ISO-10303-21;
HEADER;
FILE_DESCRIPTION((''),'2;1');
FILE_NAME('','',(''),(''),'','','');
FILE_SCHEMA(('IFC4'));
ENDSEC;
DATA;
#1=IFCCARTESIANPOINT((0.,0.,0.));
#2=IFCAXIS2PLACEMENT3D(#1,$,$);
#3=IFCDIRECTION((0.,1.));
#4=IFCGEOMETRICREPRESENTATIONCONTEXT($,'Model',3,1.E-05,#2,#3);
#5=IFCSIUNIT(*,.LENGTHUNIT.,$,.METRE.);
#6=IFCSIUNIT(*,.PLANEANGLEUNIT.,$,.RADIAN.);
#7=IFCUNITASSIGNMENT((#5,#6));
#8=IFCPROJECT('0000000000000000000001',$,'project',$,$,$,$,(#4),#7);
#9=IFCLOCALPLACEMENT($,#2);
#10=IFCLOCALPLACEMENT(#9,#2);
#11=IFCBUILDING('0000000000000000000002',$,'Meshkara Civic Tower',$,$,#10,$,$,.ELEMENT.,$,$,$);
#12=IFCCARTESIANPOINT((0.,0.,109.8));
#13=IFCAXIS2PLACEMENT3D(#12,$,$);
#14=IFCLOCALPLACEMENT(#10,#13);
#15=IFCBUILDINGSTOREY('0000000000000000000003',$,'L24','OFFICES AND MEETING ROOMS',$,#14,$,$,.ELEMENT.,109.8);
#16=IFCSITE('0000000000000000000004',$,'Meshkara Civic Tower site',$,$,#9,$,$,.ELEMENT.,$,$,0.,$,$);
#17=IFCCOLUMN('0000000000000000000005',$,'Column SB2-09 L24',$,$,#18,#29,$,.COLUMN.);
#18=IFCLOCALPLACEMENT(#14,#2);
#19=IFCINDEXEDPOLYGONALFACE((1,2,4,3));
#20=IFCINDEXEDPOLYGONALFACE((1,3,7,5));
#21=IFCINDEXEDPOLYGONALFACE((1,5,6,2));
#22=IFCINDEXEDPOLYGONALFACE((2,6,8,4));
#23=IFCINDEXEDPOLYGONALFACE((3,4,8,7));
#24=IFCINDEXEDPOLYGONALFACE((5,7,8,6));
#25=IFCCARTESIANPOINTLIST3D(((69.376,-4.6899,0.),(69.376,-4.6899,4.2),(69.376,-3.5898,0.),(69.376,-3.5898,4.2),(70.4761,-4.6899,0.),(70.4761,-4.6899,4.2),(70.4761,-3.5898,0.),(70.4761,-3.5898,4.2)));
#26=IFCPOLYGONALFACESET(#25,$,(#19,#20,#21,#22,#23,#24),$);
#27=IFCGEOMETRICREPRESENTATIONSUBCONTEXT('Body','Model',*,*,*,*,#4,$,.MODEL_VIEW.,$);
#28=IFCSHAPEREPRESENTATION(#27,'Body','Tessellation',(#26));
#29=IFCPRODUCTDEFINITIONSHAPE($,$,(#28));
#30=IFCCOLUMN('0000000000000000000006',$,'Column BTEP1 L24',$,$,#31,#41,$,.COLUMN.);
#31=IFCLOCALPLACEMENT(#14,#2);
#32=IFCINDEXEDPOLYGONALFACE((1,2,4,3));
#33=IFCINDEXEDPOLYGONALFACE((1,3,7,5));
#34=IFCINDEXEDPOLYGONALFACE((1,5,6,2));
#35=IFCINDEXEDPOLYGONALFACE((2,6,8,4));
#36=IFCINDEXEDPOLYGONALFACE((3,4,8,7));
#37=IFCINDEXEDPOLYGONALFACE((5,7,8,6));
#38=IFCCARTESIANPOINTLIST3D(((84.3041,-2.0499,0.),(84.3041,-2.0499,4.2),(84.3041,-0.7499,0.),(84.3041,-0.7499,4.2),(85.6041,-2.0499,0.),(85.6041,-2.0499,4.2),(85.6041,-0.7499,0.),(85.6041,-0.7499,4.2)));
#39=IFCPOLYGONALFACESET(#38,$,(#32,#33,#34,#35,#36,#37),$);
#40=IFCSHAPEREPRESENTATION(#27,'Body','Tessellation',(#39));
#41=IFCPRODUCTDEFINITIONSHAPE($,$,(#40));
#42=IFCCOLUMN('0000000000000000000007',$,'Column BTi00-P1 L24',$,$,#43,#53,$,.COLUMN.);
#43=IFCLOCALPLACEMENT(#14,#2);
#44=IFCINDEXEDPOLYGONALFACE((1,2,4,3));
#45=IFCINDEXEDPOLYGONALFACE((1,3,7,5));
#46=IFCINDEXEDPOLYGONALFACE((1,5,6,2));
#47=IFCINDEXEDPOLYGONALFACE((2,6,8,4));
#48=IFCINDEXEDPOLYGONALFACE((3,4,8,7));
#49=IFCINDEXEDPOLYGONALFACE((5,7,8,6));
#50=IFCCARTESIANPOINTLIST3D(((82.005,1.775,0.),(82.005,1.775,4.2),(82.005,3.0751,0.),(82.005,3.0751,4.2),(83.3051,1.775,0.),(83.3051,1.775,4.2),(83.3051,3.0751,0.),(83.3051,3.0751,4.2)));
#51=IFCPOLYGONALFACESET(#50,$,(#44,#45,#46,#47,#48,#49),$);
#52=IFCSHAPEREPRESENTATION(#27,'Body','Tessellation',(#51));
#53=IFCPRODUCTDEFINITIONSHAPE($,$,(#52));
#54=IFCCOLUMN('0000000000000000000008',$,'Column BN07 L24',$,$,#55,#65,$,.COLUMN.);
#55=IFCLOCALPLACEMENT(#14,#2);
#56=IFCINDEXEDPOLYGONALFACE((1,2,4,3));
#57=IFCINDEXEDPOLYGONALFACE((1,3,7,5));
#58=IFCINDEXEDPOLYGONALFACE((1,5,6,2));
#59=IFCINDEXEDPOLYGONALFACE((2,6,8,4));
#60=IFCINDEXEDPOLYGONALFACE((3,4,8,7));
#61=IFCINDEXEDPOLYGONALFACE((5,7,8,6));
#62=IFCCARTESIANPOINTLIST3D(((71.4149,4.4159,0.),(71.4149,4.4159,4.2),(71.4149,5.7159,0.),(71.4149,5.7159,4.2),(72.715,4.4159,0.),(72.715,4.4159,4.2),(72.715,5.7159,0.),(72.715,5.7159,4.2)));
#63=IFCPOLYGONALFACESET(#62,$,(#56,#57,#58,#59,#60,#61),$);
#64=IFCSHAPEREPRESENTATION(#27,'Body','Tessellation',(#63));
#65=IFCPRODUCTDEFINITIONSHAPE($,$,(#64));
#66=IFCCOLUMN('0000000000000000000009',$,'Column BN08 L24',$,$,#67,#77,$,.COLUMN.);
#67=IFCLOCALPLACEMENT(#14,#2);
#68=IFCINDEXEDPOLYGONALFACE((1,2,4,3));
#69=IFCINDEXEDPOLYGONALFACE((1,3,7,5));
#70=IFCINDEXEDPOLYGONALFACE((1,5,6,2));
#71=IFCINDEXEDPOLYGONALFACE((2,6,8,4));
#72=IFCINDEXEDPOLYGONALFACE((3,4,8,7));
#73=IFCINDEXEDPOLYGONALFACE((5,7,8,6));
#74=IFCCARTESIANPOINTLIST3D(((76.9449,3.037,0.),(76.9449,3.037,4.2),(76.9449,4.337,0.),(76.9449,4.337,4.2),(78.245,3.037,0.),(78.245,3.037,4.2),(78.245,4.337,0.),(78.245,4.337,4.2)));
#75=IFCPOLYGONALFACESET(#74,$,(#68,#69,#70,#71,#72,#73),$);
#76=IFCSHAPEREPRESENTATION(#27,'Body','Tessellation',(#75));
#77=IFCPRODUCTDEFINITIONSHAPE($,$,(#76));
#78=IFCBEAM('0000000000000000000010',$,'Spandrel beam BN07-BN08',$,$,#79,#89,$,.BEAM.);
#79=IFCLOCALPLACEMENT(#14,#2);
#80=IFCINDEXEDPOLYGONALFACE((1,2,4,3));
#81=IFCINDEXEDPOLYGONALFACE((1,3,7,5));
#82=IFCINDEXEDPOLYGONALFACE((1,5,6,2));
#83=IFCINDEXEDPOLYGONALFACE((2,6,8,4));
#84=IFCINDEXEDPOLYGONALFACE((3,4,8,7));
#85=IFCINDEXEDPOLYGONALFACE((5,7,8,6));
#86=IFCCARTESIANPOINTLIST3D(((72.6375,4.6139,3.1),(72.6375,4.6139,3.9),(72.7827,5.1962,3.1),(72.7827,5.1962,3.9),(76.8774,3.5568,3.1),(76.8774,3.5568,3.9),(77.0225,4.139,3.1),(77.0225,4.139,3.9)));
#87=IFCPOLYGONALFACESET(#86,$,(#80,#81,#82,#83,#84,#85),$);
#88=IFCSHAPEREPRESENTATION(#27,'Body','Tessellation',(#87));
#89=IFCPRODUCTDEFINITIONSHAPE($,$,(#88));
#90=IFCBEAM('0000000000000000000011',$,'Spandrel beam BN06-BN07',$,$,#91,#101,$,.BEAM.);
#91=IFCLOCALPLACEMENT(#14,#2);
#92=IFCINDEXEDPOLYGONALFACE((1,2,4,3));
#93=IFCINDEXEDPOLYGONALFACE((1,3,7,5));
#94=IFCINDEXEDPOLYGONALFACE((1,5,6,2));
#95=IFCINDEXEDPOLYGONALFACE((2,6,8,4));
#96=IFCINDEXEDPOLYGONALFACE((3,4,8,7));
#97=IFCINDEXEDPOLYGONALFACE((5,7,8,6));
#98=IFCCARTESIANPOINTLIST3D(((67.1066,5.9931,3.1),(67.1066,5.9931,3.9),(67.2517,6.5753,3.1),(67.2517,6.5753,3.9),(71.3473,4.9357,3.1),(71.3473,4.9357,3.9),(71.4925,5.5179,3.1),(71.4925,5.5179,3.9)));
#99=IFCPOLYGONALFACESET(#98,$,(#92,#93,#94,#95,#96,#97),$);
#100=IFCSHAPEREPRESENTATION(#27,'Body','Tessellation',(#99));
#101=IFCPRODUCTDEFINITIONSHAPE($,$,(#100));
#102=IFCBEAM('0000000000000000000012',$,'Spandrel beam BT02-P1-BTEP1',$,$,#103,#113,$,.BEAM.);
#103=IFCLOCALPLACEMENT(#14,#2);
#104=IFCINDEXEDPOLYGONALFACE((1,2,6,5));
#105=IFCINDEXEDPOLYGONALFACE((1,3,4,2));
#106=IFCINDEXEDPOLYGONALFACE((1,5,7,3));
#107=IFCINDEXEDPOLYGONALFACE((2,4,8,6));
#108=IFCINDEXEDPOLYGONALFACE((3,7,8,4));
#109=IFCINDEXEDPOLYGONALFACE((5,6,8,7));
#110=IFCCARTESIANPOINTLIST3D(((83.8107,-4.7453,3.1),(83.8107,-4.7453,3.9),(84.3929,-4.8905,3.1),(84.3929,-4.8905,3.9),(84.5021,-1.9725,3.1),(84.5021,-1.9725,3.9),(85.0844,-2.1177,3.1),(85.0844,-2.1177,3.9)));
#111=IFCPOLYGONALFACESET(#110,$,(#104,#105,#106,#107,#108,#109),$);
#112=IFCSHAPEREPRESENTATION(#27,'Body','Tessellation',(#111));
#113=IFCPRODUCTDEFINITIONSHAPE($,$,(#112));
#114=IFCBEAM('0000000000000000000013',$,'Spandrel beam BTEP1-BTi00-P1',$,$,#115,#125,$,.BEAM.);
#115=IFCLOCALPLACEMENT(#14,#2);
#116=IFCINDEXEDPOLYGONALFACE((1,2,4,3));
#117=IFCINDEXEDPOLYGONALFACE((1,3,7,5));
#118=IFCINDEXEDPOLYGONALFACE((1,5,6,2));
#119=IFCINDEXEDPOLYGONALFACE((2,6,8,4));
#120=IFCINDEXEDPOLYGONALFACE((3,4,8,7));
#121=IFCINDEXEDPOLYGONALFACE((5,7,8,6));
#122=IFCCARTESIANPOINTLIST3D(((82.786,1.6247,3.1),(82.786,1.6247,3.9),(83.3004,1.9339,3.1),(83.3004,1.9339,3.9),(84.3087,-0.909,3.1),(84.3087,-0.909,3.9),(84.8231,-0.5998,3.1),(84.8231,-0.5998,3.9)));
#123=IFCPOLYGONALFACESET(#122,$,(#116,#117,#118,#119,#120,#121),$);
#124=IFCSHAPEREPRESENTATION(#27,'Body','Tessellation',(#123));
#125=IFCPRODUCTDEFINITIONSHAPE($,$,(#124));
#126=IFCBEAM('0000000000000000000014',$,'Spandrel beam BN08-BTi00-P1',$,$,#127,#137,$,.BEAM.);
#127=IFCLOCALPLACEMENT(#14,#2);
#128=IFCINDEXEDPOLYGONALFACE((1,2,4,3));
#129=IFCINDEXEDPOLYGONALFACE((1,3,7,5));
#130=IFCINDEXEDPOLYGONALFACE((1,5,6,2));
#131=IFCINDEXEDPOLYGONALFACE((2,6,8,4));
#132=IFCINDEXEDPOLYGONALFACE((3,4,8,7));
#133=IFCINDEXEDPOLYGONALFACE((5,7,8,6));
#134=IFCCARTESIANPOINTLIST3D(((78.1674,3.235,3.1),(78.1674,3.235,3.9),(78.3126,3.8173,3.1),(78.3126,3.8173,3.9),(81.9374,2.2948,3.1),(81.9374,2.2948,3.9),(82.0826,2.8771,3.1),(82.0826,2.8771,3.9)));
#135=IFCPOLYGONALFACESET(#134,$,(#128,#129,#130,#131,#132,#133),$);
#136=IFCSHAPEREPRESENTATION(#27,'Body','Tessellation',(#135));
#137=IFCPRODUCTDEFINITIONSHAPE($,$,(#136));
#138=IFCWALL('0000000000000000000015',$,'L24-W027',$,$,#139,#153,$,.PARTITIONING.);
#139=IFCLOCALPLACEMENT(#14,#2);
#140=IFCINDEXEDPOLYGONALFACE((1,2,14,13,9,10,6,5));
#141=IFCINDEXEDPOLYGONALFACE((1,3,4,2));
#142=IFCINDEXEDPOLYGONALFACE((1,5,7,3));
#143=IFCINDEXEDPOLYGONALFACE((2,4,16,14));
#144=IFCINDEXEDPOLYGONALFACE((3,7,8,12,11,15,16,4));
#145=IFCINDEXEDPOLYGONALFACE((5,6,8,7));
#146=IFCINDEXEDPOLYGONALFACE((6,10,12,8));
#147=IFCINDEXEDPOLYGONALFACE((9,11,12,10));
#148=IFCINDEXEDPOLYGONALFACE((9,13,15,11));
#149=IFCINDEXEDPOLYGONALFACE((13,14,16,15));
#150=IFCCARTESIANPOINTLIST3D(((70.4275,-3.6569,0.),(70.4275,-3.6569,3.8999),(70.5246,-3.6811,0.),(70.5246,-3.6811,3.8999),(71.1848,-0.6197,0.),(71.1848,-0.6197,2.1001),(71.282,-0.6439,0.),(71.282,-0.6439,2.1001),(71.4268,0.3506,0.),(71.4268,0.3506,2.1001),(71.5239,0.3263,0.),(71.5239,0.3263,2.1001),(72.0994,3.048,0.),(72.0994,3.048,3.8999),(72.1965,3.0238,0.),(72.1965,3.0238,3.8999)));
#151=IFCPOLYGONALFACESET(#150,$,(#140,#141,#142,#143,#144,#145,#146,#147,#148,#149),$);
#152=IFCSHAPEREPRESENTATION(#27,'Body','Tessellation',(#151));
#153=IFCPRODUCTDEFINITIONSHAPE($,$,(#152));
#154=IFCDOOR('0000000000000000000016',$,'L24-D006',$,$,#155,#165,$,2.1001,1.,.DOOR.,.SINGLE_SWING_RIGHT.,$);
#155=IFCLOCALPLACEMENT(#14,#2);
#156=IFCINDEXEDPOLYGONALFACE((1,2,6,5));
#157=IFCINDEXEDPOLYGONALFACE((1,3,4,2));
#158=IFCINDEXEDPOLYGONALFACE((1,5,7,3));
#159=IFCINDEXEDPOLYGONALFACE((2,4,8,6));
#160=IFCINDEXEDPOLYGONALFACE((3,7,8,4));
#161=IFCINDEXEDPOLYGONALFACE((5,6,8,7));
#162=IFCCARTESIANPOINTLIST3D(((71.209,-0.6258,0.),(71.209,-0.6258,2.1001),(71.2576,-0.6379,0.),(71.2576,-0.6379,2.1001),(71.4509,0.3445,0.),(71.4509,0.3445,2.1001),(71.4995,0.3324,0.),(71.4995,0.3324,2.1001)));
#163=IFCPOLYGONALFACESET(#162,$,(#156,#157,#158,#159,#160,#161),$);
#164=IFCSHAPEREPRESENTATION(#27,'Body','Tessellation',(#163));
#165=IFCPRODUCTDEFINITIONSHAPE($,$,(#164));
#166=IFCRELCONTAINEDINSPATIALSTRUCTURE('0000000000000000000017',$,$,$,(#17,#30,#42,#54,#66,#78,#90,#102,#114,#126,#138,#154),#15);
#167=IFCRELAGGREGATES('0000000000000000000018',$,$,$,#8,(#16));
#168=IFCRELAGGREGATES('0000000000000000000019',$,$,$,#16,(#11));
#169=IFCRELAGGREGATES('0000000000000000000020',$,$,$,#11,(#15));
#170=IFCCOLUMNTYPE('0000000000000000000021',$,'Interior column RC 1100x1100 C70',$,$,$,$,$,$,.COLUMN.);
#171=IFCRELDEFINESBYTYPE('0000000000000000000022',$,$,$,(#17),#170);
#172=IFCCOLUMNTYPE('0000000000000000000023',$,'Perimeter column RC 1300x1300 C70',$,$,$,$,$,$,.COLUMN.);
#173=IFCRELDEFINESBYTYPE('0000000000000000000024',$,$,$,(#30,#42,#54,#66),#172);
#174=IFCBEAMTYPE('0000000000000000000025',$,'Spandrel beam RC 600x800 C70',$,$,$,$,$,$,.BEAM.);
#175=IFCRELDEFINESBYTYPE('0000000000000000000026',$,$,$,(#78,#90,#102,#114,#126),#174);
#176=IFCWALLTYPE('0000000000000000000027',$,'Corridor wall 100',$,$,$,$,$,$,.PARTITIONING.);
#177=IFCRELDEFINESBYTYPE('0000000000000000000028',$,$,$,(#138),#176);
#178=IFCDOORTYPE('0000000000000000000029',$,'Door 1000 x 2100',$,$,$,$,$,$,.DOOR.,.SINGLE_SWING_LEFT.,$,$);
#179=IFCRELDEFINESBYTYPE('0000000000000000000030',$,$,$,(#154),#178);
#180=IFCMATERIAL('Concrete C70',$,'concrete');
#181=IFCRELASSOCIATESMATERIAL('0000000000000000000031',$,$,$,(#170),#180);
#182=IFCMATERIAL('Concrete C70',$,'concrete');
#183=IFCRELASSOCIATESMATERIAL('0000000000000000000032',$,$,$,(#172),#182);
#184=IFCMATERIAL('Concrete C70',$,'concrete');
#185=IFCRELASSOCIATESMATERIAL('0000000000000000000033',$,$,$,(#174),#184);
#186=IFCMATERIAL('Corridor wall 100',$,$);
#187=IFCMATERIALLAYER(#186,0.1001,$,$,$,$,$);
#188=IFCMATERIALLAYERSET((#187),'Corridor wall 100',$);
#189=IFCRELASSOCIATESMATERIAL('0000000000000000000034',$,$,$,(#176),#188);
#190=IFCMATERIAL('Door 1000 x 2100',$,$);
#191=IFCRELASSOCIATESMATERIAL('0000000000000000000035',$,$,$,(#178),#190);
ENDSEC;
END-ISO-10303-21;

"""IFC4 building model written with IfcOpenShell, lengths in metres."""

from ifc_helpers import new_model, si_unit, direction, frame, frame_2d, origin, origin_2d, place, context, subcontext, project, spatial, rectangle, extrude, material, layer, layer_set, material_profile, profile_set, type_object, element, fill, save


model = new_model("IFC4")

# Units and contexts
model_context = context("Model", 3, precision=1e-05, world=origin(), true_north=direction((0.0, 1.0)))
body_context = subcontext(model_context, "Body", "Model", "MODEL_VIEW")
ifc_project = project(units=[si_unit("LENGTHUNIT", "METRE"), si_unit("PLANEANGLEUNIT", "RADIAN")], contexts=[model_context])

# Site, building, storey
site_placement = place(None, origin())
site = spatial("IfcSite", under=ifc_project, at=site_placement, Name="Meshkara Civic Tower site", CompositionType="ELEMENT", RefElevation=0.0)
building_placement = place(site_placement, origin())
building = spatial("IfcBuilding", under=site, at=building_placement, Name="Meshkara Civic Tower", CompositionType="ELEMENT")
storey_placement = place(building_placement, frame((0.0, 0.0, 109.8)))
storey = spatial("IfcBuildingStorey", under=building, at=storey_placement, Name="L24", Description="OFFICES AND MEETING ROOMS", CompositionType="ELEMENT", Elevation=109.8)

# Columns
ifc_material_1 = material(Name="Concrete C70", Category="concrete")
ifc_material_profile_1 = material_profile(ifc_material_1, rectangle(XDim=1.1001, YDim=1.1001, at=origin_2d()))
ifc_profile_set_1 = profile_set([ifc_material_profile_1], Name="Concrete C70")
column_type_1 = type_object("IfcColumnType", Name="Interior column RC 1100x1100 C70", PredefinedType="COLUMN", material=ifc_profile_set_1)
column_placement = place(storey_placement, frame((69.926, -4.1399, 0.0), z_axis=(0.0, 0.0, 1.0), x_axis=(1.0, 0.0, 0.0)))
element("IfcColumn", 1, at=column_placement, inside=storey, type_object=column_type_1, Name="Column SB2-09 L24", PredefinedType="COLUMN", context=body_context, shape_type="SweptSolid", body=[
    extrude(rectangle(XDim=1.1001, YDim=1.1001, at=origin_2d()), origin(), (0.0, 0.0, 1.0), 4.2),
])
ifc_material_2 = material(Name="Concrete C70", Category="concrete")
ifc_material_profile_2 = material_profile(ifc_material_2, rectangle(XDim=1.3, YDim=1.3, at=origin_2d()))
ifc_profile_set_2 = profile_set([ifc_material_profile_2], Name="Concrete C70")
column_type_2 = type_object("IfcColumnType", Name="Perimeter column RC 1300x1300 C70", PredefinedType="COLUMN", material=ifc_profile_set_2)
for number, where, z_axis, x_axis, name in (
    (2, (84.9541, -1.3999, 0.0), (0.0, 0.0, 1.0), (1.0, 0.0, 0.0), "Column BTEP1 L24"),
    (3, (82.655, 2.425, 0.0), (0.0, 0.0, 1.0), (1.0, 0.0, 0.0), "Column BTi00-P1 L24"),
    (4, (72.0649, 5.0659, 0.0), (0.0, 0.0, 1.0), (1.0, 0.0, 0.0), "Column BN07 L24"),
    (5, (77.595, 3.687, 0.0), (0.0, 0.0, 1.0), (1.0, 0.0, 0.0), "Column BN08 L24"),
):
    element("IfcColumn", number, at=place(storey_placement, frame(where, z_axis=z_axis, x_axis=x_axis)), inside=storey, type_object=column_type_2, Name=name, PredefinedType="COLUMN", context=body_context, shape_type="SweptSolid", body=[
        extrude(rectangle(XDim=1.3, YDim=1.3, at=origin_2d()), origin(), (0.0, 0.0, 1.0), 4.2),
    ])

# Beams
ifc_material_3 = material(Name="Concrete C70", Category="concrete")
ifc_material_profile_3 = material_profile(ifc_material_3, rectangle(XDim=0.6001, YDim=0.8, at=origin_2d()))
ifc_profile_set_3 = profile_set([ifc_material_profile_3], Name="Concrete C70")
beam_type = type_object("IfcBeamType", Name="Spandrel beam RC 600x800 C70", PredefinedType="BEAM", material=ifc_profile_set_3)
beam_1_placement = place(storey_placement, frame((76.95, 3.8479, 3.5), z_axis=(-0.970293, 0.241931, 0.0), x_axis=(-0.241931, -0.970293, 0.0)))
element("IfcBeam", 6, at=beam_1_placement, inside=storey, type_object=beam_type, Name="Spandrel beam BN07-BN08", PredefinedType="BEAM", context=body_context, shape_type="SweptSolid", body=[
    extrude(rectangle(XDim=0.6001, YDim=0.8, at=origin_2d()), origin(), (0.0, 0.0, 1.0), 4.3696),
])
beam_2_placement = place(storey_placement, frame((71.4199, 5.2268, 3.5), z_axis=(-0.970293, 0.241931, 0.0), x_axis=(-0.241931, -0.970293, 0.0)))
element("IfcBeam", 7, at=beam_2_placement, inside=storey, type_object=beam_type, Name="Spandrel beam BN06-BN07", PredefinedType="BEAM", context=body_context, shape_type="SweptSolid", body=[
    extrude(rectangle(XDim=0.6001, YDim=0.8, at=origin_2d()), origin(), (0.0, 0.0, 1.0), 4.3706),
])
beam_3_placement = place(storey_placement, frame((84.1018, -4.8179, 3.5), z_axis=(0.241953, 0.970288, 0.0), x_axis=(-0.970288, 0.241953, 0.0)))
element("IfcBeam", 8, at=beam_3_placement, inside=storey, type_object=beam_type, Name="Spandrel beam BT02-P1-BTEP1", PredefinedType="BEAM", context=body_context, shape_type="SweptSolid", body=[
    extrude(rectangle(XDim=0.6001, YDim=0.8, at=origin_2d()), origin(), (0.0, 0.0, 1.0), 2.8577),
])
beam_4_placement = place(storey_placement, frame((84.5659, -0.7544, 3.5), z_axis=(-0.515115, 0.857121, 0.0), x_axis=(-0.857121, -0.515115, 0.0)))
element("IfcBeam", 9, at=beam_4_placement, inside=storey, type_object=beam_type, Name="Spandrel beam BTEP1-BTi00-P1", PredefinedType="BEAM", context=body_context, shape_type="SweptSolid", body=[
    extrude(rectangle(XDim=0.6001, YDim=0.8, at=origin_2d()), origin(), (0.0, 0.0, 1.0), 2.9561),
])
beam_5_placement = place(storey_placement, frame((82.01, 2.5859, 3.5), z_axis=(-0.970283, 0.241974, 0.0), x_axis=(-0.241974, -0.970283, 0.0)))
element("IfcBeam", 10, at=beam_5_placement, inside=storey, type_object=beam_type, Name="Spandrel beam BN08-BTi00-P1", PredefinedType="BEAM", context=body_context, shape_type="SweptSolid", body=[
    extrude(rectangle(XDim=0.6001, YDim=0.8, at=origin_2d()), origin(), (0.0, 0.0, 1.0), 3.8855),
])

# Wall, opening, door
ifc_material_4 = material(Name="Corridor wall 100")
ifc_layer_1 = layer(ifc_material_4, 0.1001)
ifc_layer_set_1 = layer_set([ifc_layer_1], Name="Corridor wall 100")
wall_type_1 = type_object("IfcWallType", Name="Corridor wall 100", PredefinedType="PARTITIONING", material=ifc_layer_set_1)
wall_1_placement = place(storey_placement, frame((72.1479, 3.0359, 0.0), z_axis=(0.0, 0.0, 1.0), x_axis=(-0.241945, -0.97029, 0.0)))
wall_1 = element("IfcWall", 11, at=wall_1_placement, inside=storey, type_object=wall_type_1, Name="L24-W027", PredefinedType="PARTITIONING", context=body_context, shape_type="SweptSolid", body=[
    extrude(rectangle(XDim=6.9102, YDim=0.1001, at=frame_2d((3.4551, 0.0))), origin(), (0.0, 0.0, 1.0), 3.8999),
])
opening_1_placement = place(wall_1_placement, frame((2.78, 0.0, 0.0)))
opening_1 = element("IfcOpeningElement", 12, at=opening_1_placement, cuts=wall_1, PredefinedType="OPENING", context=body_context, shape_type="SweptSolid", body=[
    extrude(rectangle(XDim=1.0, YDim=2.1001, at=frame_2d((0.5, 1.05))), frame((0.0, 0.0601, 0.0), z_axis=(0.0, -1.0, 0.0), x_axis=(1.0, 0.0, 0.0)), (0.0, 0.0, 1.0), 0.1201),
])
ifc_material_5 = material(Name="Door 1000 x 2100")
door_type_1 = type_object("IfcDoorType", Name="Door 1000 x 2100", OperationType="SINGLE_SWING_LEFT", PredefinedType="DOOR", material=ifc_material_5)
door_1_placement = place(opening_1_placement, origin())
door_1 = element("IfcDoor", 13, at=door_1_placement, inside=storey, type_object=door_type_1, Name="L24-D006", OperationType="SINGLE_SWING_RIGHT", OverallHeight=2.1001, OverallWidth=1.0, PredefinedType="DOOR", context=body_context, shape_type="SweptSolid", body=[
    extrude(rectangle(XDim=1.0, YDim=2.1001, at=frame_2d((0.5, 1.05))), frame((0.0, 0.0249, 0.0), z_axis=(0.0, -1.0, 0.0), x_axis=(1.0, 0.0, 0.0)), (0.0, 0.0, 1.0), 0.05),
])
fill(opening_1, door_1)

save(model, "model.ifc")
